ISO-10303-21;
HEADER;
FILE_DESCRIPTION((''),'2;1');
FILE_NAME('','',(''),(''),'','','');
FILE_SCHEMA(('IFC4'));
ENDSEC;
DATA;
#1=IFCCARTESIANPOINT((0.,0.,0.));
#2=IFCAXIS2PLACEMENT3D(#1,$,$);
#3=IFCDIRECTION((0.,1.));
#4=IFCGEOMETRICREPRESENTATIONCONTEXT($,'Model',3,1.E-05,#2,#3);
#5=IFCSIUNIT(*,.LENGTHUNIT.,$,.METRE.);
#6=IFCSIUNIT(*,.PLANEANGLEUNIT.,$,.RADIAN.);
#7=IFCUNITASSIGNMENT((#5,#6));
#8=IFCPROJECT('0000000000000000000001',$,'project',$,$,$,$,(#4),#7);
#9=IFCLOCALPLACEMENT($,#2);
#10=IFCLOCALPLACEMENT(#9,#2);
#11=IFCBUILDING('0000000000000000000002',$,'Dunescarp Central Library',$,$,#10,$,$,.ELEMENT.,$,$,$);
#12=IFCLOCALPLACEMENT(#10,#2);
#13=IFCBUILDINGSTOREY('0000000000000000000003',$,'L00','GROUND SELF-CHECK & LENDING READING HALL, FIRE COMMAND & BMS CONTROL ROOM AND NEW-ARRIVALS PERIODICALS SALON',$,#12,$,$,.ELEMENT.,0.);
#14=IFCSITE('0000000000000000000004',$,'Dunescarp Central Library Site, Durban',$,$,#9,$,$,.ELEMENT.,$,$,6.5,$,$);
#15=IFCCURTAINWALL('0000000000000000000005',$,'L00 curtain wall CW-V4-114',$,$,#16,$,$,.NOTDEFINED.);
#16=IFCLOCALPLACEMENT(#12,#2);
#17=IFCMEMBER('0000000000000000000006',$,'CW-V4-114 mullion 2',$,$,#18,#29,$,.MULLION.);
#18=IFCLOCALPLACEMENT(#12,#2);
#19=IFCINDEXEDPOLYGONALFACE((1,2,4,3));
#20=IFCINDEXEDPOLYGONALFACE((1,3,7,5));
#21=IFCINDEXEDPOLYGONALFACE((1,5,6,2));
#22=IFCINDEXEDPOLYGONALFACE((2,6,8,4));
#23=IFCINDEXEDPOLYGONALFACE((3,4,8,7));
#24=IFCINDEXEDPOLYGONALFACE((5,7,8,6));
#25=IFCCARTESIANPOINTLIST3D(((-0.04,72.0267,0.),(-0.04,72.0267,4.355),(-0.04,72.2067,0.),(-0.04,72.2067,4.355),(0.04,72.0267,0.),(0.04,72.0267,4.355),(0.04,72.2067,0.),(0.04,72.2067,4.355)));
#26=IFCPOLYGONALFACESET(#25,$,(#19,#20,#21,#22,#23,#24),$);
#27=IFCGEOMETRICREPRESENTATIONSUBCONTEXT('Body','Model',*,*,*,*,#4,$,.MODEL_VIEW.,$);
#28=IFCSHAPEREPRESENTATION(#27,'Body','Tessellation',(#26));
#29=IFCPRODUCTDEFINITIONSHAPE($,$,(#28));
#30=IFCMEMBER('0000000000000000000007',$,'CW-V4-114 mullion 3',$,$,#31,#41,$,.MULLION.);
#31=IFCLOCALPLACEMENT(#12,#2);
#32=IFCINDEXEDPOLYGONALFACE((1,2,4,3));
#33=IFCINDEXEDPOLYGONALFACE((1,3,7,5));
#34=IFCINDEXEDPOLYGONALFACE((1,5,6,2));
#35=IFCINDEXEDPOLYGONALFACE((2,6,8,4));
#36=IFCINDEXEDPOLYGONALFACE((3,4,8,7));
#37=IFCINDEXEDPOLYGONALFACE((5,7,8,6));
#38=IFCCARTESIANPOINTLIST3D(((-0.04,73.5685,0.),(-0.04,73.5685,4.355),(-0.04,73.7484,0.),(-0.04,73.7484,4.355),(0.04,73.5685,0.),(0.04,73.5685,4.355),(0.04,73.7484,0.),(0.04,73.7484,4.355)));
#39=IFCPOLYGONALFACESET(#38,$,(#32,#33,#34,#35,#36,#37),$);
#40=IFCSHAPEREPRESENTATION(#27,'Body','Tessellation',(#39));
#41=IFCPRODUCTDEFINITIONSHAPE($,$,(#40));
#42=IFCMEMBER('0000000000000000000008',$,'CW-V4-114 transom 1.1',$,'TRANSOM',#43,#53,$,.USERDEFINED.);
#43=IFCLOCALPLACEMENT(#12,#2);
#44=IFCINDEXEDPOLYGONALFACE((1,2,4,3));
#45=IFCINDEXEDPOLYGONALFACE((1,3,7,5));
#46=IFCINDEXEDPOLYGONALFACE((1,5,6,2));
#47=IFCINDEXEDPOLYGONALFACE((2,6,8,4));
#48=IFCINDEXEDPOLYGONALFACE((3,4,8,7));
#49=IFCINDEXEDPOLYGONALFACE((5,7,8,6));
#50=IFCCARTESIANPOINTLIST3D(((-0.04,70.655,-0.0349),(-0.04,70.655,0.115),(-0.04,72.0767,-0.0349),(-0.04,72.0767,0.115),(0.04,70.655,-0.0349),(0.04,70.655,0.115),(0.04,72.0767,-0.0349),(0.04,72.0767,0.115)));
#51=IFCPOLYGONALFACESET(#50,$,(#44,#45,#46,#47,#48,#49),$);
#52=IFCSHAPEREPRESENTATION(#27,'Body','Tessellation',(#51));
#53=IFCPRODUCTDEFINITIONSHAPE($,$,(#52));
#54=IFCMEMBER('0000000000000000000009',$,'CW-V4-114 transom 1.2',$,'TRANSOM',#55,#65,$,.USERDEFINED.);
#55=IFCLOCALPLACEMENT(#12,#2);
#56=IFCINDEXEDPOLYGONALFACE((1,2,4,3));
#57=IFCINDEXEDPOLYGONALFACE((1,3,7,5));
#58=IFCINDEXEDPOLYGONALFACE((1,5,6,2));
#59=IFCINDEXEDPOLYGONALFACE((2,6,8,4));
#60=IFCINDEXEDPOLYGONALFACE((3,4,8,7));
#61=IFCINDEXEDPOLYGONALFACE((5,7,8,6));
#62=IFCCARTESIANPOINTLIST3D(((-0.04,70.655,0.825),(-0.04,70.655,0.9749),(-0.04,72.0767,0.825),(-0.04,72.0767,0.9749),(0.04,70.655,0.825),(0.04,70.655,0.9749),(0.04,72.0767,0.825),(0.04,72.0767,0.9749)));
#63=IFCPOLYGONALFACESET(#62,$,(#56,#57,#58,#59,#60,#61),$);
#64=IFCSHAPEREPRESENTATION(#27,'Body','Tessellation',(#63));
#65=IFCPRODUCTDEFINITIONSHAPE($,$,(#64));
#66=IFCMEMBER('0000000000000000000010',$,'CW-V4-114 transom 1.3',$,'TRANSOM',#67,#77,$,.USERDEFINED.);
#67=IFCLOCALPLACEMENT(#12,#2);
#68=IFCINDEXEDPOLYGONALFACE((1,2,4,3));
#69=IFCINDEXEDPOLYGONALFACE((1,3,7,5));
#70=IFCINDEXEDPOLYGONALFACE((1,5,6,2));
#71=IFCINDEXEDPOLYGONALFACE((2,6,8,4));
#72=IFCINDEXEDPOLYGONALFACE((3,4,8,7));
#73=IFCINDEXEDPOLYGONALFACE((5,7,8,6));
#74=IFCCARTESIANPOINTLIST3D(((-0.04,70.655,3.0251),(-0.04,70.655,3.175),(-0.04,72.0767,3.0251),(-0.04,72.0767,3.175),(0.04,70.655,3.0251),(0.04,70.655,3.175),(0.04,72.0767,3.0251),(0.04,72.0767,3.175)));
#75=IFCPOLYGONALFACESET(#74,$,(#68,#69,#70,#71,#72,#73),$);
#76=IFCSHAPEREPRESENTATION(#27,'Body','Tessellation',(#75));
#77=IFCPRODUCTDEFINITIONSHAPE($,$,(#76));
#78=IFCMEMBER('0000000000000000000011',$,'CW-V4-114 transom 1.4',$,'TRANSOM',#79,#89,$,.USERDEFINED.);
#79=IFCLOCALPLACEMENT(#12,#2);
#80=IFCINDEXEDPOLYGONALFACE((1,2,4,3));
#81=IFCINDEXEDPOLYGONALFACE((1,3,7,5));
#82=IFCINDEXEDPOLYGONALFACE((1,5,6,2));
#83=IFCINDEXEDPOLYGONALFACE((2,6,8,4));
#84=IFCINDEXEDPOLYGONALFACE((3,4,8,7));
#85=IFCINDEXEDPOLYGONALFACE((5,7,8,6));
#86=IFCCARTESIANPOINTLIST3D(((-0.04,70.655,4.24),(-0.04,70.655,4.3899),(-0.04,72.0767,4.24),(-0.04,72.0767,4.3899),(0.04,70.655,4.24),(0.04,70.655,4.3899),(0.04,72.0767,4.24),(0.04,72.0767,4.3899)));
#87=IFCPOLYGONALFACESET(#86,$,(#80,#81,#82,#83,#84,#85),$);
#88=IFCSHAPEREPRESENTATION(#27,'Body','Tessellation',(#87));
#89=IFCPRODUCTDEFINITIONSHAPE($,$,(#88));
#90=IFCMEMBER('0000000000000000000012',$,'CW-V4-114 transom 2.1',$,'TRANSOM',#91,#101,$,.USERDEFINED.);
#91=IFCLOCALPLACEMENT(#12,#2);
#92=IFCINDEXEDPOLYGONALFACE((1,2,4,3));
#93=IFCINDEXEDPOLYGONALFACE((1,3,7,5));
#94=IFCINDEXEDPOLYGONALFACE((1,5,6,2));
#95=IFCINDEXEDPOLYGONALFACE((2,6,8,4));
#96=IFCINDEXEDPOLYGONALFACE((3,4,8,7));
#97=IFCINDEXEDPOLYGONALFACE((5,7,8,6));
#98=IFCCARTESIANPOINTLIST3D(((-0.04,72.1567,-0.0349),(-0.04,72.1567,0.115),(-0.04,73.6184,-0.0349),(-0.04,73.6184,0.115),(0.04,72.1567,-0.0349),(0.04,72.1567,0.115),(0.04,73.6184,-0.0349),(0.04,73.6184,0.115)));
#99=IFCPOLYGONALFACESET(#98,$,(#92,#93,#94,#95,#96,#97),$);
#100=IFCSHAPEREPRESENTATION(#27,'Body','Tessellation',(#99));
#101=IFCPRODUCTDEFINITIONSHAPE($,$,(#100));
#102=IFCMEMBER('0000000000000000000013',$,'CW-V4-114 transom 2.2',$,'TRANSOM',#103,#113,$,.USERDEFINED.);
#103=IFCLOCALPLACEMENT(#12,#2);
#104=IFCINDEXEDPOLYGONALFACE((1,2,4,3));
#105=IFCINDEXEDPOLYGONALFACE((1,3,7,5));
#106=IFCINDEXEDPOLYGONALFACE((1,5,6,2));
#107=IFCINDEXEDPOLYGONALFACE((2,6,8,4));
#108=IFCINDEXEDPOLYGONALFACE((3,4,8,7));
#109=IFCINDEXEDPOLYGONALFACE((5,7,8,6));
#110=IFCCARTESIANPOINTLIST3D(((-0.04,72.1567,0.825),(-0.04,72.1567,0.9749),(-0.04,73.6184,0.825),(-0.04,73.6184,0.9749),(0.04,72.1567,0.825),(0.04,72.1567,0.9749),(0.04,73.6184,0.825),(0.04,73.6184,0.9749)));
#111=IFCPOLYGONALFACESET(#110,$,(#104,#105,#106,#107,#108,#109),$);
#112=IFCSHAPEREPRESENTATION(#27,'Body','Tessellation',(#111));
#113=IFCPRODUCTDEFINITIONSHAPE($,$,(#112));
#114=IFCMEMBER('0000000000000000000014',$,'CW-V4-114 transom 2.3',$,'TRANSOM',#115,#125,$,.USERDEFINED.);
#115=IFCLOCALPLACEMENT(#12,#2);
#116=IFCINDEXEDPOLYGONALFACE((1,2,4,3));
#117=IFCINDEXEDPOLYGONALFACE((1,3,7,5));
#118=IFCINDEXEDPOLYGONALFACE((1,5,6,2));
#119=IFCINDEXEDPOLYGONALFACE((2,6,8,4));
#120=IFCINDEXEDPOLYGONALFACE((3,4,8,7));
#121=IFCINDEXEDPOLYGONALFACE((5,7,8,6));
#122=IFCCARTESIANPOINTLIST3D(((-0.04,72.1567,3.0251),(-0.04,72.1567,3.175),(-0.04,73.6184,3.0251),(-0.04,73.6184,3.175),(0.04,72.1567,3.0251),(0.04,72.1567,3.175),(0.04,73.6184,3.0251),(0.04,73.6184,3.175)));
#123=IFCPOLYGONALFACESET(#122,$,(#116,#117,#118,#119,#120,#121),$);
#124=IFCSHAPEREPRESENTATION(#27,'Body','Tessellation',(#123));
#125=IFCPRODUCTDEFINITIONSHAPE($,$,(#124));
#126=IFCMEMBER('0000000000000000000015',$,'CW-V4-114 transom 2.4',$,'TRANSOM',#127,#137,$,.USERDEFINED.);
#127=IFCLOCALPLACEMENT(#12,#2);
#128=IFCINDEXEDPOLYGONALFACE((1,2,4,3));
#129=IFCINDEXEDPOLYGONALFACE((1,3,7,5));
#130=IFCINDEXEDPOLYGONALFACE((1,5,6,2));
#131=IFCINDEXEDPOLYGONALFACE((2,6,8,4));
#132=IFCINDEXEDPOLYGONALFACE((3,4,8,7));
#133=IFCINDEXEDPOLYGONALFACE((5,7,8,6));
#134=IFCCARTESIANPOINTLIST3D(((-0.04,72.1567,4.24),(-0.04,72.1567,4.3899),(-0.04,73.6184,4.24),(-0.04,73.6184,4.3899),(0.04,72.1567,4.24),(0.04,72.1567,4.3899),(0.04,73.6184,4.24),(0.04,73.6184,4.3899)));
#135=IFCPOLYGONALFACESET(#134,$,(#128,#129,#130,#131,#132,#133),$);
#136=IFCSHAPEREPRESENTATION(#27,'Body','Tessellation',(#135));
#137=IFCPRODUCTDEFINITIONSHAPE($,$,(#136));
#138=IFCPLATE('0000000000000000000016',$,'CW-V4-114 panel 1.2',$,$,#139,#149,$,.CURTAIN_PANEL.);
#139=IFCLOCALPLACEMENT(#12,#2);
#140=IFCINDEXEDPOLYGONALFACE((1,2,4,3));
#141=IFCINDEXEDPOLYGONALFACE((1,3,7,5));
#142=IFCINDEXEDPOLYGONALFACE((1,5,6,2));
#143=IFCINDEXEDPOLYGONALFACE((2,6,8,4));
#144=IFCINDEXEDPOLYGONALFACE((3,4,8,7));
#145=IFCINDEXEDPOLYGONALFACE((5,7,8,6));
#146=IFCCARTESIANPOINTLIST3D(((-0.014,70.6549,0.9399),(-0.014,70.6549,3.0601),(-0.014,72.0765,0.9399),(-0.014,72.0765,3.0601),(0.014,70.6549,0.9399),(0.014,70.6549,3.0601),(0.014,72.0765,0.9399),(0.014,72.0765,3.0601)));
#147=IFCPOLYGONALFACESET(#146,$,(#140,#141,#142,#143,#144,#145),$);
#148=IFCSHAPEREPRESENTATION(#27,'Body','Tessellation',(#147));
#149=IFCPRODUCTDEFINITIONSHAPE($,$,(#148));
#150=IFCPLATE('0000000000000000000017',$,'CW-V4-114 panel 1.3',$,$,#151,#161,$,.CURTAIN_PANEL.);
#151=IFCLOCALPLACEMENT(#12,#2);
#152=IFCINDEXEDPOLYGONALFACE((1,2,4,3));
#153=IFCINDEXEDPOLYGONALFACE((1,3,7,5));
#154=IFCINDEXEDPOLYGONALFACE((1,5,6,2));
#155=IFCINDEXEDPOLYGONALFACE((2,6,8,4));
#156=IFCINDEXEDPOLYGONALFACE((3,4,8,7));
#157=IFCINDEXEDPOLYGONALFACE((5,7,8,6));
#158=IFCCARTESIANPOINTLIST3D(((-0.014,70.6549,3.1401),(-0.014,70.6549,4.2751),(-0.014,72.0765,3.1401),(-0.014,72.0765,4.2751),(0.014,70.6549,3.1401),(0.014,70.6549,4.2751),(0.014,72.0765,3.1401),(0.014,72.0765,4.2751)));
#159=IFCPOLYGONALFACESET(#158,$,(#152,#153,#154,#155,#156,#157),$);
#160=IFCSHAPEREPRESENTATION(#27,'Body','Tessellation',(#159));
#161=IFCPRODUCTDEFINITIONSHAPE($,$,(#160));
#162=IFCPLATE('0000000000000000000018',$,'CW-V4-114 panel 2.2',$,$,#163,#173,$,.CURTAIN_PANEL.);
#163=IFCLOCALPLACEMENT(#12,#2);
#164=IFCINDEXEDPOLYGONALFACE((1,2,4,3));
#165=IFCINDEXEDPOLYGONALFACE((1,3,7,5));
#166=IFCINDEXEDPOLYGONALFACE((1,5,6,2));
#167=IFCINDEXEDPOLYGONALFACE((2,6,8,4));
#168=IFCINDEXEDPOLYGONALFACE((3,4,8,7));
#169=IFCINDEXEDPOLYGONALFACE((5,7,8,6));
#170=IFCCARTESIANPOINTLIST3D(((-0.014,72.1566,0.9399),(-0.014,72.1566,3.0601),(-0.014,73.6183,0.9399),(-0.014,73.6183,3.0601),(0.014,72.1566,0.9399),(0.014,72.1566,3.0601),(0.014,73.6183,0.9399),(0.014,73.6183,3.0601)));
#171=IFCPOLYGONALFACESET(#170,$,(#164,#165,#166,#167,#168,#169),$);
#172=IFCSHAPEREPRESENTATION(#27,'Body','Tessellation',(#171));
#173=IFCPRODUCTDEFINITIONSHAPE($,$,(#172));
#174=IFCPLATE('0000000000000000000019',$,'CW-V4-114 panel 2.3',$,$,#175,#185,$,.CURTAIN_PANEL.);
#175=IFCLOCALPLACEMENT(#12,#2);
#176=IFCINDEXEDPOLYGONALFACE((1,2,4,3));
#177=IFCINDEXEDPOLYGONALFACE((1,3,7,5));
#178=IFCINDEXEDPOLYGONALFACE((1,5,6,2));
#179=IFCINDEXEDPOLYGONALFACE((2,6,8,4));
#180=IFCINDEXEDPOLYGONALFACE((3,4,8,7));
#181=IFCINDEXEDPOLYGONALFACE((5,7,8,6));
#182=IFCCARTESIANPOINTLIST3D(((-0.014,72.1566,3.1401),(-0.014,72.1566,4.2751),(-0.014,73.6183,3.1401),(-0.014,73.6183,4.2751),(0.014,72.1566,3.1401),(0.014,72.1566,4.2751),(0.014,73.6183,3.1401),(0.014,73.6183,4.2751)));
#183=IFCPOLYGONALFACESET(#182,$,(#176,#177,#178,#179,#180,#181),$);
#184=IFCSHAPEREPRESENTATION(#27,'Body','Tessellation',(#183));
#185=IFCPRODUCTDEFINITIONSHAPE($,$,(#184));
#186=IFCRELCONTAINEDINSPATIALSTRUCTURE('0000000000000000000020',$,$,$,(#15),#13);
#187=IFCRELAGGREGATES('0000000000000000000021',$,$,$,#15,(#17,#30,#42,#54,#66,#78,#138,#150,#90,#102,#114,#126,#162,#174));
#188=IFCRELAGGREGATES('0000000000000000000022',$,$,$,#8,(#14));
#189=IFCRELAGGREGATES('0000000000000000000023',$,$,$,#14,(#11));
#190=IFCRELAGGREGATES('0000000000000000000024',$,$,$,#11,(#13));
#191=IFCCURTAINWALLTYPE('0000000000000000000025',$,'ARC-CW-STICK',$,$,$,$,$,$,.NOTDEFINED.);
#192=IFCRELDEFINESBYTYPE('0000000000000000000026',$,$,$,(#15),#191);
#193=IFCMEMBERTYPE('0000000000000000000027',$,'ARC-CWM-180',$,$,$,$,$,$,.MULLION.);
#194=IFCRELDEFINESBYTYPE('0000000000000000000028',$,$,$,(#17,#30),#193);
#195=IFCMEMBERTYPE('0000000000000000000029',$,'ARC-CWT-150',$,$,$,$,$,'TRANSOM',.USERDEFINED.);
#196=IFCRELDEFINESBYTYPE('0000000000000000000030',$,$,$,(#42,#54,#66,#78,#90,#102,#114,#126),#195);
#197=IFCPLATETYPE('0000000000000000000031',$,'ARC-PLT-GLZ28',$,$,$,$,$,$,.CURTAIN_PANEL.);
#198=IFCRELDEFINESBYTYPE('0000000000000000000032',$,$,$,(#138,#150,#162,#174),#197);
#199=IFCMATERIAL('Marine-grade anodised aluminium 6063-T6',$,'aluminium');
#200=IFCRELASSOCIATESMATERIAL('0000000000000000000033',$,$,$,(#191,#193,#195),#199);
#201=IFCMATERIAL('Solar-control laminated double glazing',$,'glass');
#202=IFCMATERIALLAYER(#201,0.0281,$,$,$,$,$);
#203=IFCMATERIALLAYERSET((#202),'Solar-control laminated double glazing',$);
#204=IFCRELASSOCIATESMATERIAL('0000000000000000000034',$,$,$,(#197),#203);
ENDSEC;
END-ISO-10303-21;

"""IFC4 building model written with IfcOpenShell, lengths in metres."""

from ifc_helpers import new_model, si_unit, direction, frame, origin, origin_2d, place, context, subcontext, project, spatial, rectangle, extrude, material, layer, layer_set, material_profile, profile_set, type_object, element, aggregate, save


model = new_model("IFC4")

# Units and contexts
model_context = context("Model", 3, precision=1e-05, world=origin(), true_north=direction((0.0, 1.0)))
body_context = subcontext(model_context, "Body", "Model", "MODEL_VIEW")
ifc_project = project(units=[si_unit("LENGTHUNIT", "METRE"), si_unit("PLANEANGLEUNIT", "RADIAN")], contexts=[model_context])

# Site, building, storey
site_placement = place(None, origin())
site = spatial("IfcSite", under=ifc_project, at=site_placement, Name="Dunescarp Central Library Site, Durban", CompositionType="ELEMENT", RefElevation=6.5)
building_placement = place(site_placement, origin())
building = spatial("IfcBuilding", under=site, at=building_placement, Name="Dunescarp Central Library", CompositionType="ELEMENT")
storey_placement = place(building_placement, origin())
storey = spatial("IfcBuildingStorey", under=building, at=storey_placement, Name="L00", Description="GROUND SELF-CHECK & LENDING READING HALL, FIRE COMMAND & BMS CONTROL ROOM AND NEW-ARRIVALS PERIODICALS SALON", CompositionType="ELEMENT", Elevation=0.0)

# Curtain wall, members, plates
ifc_material_1 = material(Name="Marine-grade anodised aluminium 6063-T6", Category="aluminium")
curtain_wall_type = type_object("IfcCurtainWallType", Name="ARC-CW-STICK", PredefinedType="NOTDEFINED", material=ifc_material_1)
curtain_wall_placement = place(storey_placement, origin())
curtain_wall = element("IfcCurtainWall", 1, at=curtain_wall_placement, inside=storey, type_object=curtain_wall_type, Name="L00 curtain wall CW-V4-114", PredefinedType="NOTDEFINED")
ifc_material_profile_1 = material_profile(ifc_material_1, rectangle(XDim=0.0801, YDim=0.1799, at=origin_2d()), Name="AL 80x180")
ifc_profile_set_1 = profile_set([ifc_material_profile_1], Name="Marine-grade anodised aluminium 6063-T6")
member_type_1 = type_object("IfcMemberType", Name="ARC-CWM-180", PredefinedType="MULLION", material=ifc_profile_set_1)
member_1_placement = place(storey_placement, frame((0.0, 72.1167, 0.0), z_axis=(0.0, 0.0, 1.0), x_axis=(-1.0, 0.0, 0.0)))
member_1 = element("IfcMember", 2, at=member_1_placement, type_object=member_type_1, Name="CW-V4-114 mullion 2", PredefinedType="MULLION", context=body_context, shape_type="SweptSolid", body=[
    extrude(rectangle(XDim=0.0801, YDim=0.1799, at=origin_2d()), origin(), (0.0, 0.0, 1.0), 4.355),
])
member_2_placement = place(storey_placement, frame((0.0, 73.6584, 0.0), z_axis=(0.0, 0.0, 1.0), x_axis=(-1.0, 0.0, 0.0)))
member_2 = element("IfcMember", 3, at=member_2_placement, type_object=member_type_1, Name="CW-V4-114 mullion 3", PredefinedType="MULLION", context=body_context, shape_type="SweptSolid", body=[
    extrude(rectangle(XDim=0.0801, YDim=0.1799, at=origin_2d()), origin(), (0.0, 0.0, 1.0), 4.355),
])
ifc_material_profile_2 = material_profile(ifc_material_1, rectangle(XDim=0.0801, YDim=0.1499, at=origin_2d()), Name="AL 80x150")
ifc_profile_set_2 = profile_set([ifc_material_profile_2], Name="Marine-grade anodised aluminium 6063-T6")
member_type_2 = type_object("IfcMemberType", Name="ARC-CWT-150", ElementType="TRANSOM", PredefinedType="USERDEFINED", material=ifc_profile_set_2)
member_3_placement = place(storey_placement, frame((0.0, 70.655, 0.04), z_axis=(0.0, 1.0, 0.0), x_axis=(-1.0, 0.0, 0.0)))
member_3 = element("IfcMember", 4, at=member_3_placement, type_object=member_type_2, Name="CW-V4-114 transom 1.1", ObjectType="TRANSOM", PredefinedType="USERDEFINED", context=body_context, shape_type="SweptSolid", body=[
    extrude(rectangle(XDim=0.0801, YDim=0.1499, at=origin_2d()), origin(), (0.0, 0.0, 1.0), 1.4216),
])
member_4_placement = place(storey_placement, frame((0.0, 70.655, 0.8999), z_axis=(0.0, 1.0, 0.0), x_axis=(-1.0, 0.0, 0.0)))
member_4 = element("IfcMember", 5, at=member_4_placement, type_object=member_type_2, Name="CW-V4-114 transom 1.2", ObjectType="TRANSOM", PredefinedType="USERDEFINED", context=body_context, shape_type="SweptSolid", body=[
    extrude(rectangle(XDim=0.0801, YDim=0.1499, at=origin_2d()), origin(), (0.0, 0.0, 1.0), 1.4216),
])
member_5_placement = place(storey_placement, frame((0.0, 70.655, 3.1001), z_axis=(0.0, 1.0, 0.0), x_axis=(-1.0, 0.0, 0.0)))
member_5 = element("IfcMember", 6, at=member_5_placement, type_object=member_type_2, Name="CW-V4-114 transom 1.3", ObjectType="TRANSOM", PredefinedType="USERDEFINED", context=body_context, shape_type="SweptSolid", body=[
    extrude(rectangle(XDim=0.0801, YDim=0.1499, at=origin_2d()), origin(), (0.0, 0.0, 1.0), 1.4216),
])
member_6_placement = place(storey_placement, frame((0.0, 70.655, 4.3149), z_axis=(0.0, 1.0, 0.0), x_axis=(-1.0, 0.0, 0.0)))
member_6 = element("IfcMember", 7, at=member_6_placement, type_object=member_type_2, Name="CW-V4-114 transom 1.4", ObjectType="TRANSOM", PredefinedType="USERDEFINED", context=body_context, shape_type="SweptSolid", body=[
    extrude(rectangle(XDim=0.0801, YDim=0.1499, at=origin_2d()), origin(), (0.0, 0.0, 1.0), 1.4216),
])
member_7_placement = place(storey_placement, frame((0.0, 72.1567, 0.04), z_axis=(0.0, 1.0, 0.0), x_axis=(-1.0, 0.0, 0.0)))
member_7 = element("IfcMember", 8, at=member_7_placement, type_object=member_type_2, Name="CW-V4-114 transom 2.1", ObjectType="TRANSOM", PredefinedType="USERDEFINED", context=body_context, shape_type="SweptSolid", body=[
    extrude(rectangle(XDim=0.0801, YDim=0.1499, at=origin_2d()), origin(), (0.0, 0.0, 1.0), 1.4617),
])
member_8_placement = place(storey_placement, frame((0.0, 72.1567, 0.8999), z_axis=(0.0, 1.0, 0.0), x_axis=(-1.0, 0.0, 0.0)))
member_8 = element("IfcMember", 9, at=member_8_placement, type_object=member_type_2, Name="CW-V4-114 transom 2.2", ObjectType="TRANSOM", PredefinedType="USERDEFINED", context=body_context, shape_type="SweptSolid", body=[
    extrude(rectangle(XDim=0.0801, YDim=0.1499, at=origin_2d()), origin(), (0.0, 0.0, 1.0), 1.4617),
])
member_9_placement = place(storey_placement, frame((0.0, 72.1567, 3.1001), z_axis=(0.0, 1.0, 0.0), x_axis=(-1.0, 0.0, 0.0)))
member_9 = element("IfcMember", 10, at=member_9_placement, type_object=member_type_2, Name="CW-V4-114 transom 2.3", ObjectType="TRANSOM", PredefinedType="USERDEFINED", context=body_context, shape_type="SweptSolid", body=[
    extrude(rectangle(XDim=0.0801, YDim=0.1499, at=origin_2d()), origin(), (0.0, 0.0, 1.0), 1.4617),
])
member_10_placement = place(storey_placement, frame((0.0, 72.1567, 4.3149), z_axis=(0.0, 1.0, 0.0), x_axis=(-1.0, 0.0, 0.0)))
member_10 = element("IfcMember", 11, at=member_10_placement, type_object=member_type_2, Name="CW-V4-114 transom 2.4", ObjectType="TRANSOM", PredefinedType="USERDEFINED", context=body_context, shape_type="SweptSolid", body=[
    extrude(rectangle(XDim=0.0801, YDim=0.1499, at=origin_2d()), origin(), (0.0, 0.0, 1.0), 1.4617),
])
ifc_material_2 = material(Name="Solar-control laminated double glazing", Category="glass")
ifc_layer_1 = layer(ifc_material_2, 0.0281)
ifc_layer_set_1 = layer_set([ifc_layer_1], Name="Solar-control laminated double glazing")
plate_type_1 = type_object("IfcPlateType", Name="ARC-PLT-GLZ28", PredefinedType="CURTAIN_PANEL", material=ifc_layer_set_1)
plate_1_placement = place(storey_placement, frame((0.0, 71.3657, 0.9399), z_axis=(0.0, 0.0, 1.0), x_axis=(0.0, 1.0, 0.0)))
plate_1 = element("IfcPlate", 12, at=plate_1_placement, type_object=plate_type_1, Name="CW-V4-114 panel 1.2", PredefinedType="CURTAIN_PANEL", context=body_context, shape_type="SweptSolid", body=[
    extrude(rectangle(XDim=1.4216, YDim=0.0281, at=origin_2d()), origin(), (0.0, 0.0, 1.0), 2.1201),
])
plate_2_placement = place(storey_placement, frame((0.0, 71.3657, 3.1401), z_axis=(0.0, 0.0, 1.0), x_axis=(0.0, 1.0, 0.0)))
plate_2 = element("IfcPlate", 13, at=plate_2_placement, type_object=plate_type_1, Name="CW-V4-114 panel 1.3", PredefinedType="CURTAIN_PANEL", context=body_context, shape_type="SweptSolid", body=[
    extrude(rectangle(XDim=1.4216, YDim=0.0281, at=origin_2d()), origin(), (0.0, 0.0, 1.0), 1.135),
])
plate_3_placement = place(storey_placement, frame((0.0, 72.8875, 0.9399), z_axis=(0.0, 0.0, 1.0), x_axis=(0.0, 1.0, 0.0)))
plate_3 = element("IfcPlate", 14, at=plate_3_placement, type_object=plate_type_1, Name="CW-V4-114 panel 2.2", PredefinedType="CURTAIN_PANEL", context=body_context, shape_type="SweptSolid", body=[
    extrude(rectangle(XDim=1.4617, YDim=0.0281, at=origin_2d()), origin(), (0.0, 0.0, 1.0), 2.1201),
])
plate_4_placement = place(storey_placement, frame((0.0, 72.8875, 3.1401), z_axis=(0.0, 0.0, 1.0), x_axis=(0.0, 1.0, 0.0)))
plate_4 = element("IfcPlate", 15, at=plate_4_placement, type_object=plate_type_1, Name="CW-V4-114 panel 2.3", PredefinedType="CURTAIN_PANEL", context=body_context, shape_type="SweptSolid", body=[
    extrude(rectangle(XDim=1.4617, YDim=0.0281, at=origin_2d()), origin(), (0.0, 0.0, 1.0), 1.135),
])
aggregate(curtain_wall, [member_1, member_2, member_3, member_4, member_5, member_6, plate_1, plate_2, member_7, member_8, member_9, member_10, plate_3, plate_4])

save(model, "model.ifc")
